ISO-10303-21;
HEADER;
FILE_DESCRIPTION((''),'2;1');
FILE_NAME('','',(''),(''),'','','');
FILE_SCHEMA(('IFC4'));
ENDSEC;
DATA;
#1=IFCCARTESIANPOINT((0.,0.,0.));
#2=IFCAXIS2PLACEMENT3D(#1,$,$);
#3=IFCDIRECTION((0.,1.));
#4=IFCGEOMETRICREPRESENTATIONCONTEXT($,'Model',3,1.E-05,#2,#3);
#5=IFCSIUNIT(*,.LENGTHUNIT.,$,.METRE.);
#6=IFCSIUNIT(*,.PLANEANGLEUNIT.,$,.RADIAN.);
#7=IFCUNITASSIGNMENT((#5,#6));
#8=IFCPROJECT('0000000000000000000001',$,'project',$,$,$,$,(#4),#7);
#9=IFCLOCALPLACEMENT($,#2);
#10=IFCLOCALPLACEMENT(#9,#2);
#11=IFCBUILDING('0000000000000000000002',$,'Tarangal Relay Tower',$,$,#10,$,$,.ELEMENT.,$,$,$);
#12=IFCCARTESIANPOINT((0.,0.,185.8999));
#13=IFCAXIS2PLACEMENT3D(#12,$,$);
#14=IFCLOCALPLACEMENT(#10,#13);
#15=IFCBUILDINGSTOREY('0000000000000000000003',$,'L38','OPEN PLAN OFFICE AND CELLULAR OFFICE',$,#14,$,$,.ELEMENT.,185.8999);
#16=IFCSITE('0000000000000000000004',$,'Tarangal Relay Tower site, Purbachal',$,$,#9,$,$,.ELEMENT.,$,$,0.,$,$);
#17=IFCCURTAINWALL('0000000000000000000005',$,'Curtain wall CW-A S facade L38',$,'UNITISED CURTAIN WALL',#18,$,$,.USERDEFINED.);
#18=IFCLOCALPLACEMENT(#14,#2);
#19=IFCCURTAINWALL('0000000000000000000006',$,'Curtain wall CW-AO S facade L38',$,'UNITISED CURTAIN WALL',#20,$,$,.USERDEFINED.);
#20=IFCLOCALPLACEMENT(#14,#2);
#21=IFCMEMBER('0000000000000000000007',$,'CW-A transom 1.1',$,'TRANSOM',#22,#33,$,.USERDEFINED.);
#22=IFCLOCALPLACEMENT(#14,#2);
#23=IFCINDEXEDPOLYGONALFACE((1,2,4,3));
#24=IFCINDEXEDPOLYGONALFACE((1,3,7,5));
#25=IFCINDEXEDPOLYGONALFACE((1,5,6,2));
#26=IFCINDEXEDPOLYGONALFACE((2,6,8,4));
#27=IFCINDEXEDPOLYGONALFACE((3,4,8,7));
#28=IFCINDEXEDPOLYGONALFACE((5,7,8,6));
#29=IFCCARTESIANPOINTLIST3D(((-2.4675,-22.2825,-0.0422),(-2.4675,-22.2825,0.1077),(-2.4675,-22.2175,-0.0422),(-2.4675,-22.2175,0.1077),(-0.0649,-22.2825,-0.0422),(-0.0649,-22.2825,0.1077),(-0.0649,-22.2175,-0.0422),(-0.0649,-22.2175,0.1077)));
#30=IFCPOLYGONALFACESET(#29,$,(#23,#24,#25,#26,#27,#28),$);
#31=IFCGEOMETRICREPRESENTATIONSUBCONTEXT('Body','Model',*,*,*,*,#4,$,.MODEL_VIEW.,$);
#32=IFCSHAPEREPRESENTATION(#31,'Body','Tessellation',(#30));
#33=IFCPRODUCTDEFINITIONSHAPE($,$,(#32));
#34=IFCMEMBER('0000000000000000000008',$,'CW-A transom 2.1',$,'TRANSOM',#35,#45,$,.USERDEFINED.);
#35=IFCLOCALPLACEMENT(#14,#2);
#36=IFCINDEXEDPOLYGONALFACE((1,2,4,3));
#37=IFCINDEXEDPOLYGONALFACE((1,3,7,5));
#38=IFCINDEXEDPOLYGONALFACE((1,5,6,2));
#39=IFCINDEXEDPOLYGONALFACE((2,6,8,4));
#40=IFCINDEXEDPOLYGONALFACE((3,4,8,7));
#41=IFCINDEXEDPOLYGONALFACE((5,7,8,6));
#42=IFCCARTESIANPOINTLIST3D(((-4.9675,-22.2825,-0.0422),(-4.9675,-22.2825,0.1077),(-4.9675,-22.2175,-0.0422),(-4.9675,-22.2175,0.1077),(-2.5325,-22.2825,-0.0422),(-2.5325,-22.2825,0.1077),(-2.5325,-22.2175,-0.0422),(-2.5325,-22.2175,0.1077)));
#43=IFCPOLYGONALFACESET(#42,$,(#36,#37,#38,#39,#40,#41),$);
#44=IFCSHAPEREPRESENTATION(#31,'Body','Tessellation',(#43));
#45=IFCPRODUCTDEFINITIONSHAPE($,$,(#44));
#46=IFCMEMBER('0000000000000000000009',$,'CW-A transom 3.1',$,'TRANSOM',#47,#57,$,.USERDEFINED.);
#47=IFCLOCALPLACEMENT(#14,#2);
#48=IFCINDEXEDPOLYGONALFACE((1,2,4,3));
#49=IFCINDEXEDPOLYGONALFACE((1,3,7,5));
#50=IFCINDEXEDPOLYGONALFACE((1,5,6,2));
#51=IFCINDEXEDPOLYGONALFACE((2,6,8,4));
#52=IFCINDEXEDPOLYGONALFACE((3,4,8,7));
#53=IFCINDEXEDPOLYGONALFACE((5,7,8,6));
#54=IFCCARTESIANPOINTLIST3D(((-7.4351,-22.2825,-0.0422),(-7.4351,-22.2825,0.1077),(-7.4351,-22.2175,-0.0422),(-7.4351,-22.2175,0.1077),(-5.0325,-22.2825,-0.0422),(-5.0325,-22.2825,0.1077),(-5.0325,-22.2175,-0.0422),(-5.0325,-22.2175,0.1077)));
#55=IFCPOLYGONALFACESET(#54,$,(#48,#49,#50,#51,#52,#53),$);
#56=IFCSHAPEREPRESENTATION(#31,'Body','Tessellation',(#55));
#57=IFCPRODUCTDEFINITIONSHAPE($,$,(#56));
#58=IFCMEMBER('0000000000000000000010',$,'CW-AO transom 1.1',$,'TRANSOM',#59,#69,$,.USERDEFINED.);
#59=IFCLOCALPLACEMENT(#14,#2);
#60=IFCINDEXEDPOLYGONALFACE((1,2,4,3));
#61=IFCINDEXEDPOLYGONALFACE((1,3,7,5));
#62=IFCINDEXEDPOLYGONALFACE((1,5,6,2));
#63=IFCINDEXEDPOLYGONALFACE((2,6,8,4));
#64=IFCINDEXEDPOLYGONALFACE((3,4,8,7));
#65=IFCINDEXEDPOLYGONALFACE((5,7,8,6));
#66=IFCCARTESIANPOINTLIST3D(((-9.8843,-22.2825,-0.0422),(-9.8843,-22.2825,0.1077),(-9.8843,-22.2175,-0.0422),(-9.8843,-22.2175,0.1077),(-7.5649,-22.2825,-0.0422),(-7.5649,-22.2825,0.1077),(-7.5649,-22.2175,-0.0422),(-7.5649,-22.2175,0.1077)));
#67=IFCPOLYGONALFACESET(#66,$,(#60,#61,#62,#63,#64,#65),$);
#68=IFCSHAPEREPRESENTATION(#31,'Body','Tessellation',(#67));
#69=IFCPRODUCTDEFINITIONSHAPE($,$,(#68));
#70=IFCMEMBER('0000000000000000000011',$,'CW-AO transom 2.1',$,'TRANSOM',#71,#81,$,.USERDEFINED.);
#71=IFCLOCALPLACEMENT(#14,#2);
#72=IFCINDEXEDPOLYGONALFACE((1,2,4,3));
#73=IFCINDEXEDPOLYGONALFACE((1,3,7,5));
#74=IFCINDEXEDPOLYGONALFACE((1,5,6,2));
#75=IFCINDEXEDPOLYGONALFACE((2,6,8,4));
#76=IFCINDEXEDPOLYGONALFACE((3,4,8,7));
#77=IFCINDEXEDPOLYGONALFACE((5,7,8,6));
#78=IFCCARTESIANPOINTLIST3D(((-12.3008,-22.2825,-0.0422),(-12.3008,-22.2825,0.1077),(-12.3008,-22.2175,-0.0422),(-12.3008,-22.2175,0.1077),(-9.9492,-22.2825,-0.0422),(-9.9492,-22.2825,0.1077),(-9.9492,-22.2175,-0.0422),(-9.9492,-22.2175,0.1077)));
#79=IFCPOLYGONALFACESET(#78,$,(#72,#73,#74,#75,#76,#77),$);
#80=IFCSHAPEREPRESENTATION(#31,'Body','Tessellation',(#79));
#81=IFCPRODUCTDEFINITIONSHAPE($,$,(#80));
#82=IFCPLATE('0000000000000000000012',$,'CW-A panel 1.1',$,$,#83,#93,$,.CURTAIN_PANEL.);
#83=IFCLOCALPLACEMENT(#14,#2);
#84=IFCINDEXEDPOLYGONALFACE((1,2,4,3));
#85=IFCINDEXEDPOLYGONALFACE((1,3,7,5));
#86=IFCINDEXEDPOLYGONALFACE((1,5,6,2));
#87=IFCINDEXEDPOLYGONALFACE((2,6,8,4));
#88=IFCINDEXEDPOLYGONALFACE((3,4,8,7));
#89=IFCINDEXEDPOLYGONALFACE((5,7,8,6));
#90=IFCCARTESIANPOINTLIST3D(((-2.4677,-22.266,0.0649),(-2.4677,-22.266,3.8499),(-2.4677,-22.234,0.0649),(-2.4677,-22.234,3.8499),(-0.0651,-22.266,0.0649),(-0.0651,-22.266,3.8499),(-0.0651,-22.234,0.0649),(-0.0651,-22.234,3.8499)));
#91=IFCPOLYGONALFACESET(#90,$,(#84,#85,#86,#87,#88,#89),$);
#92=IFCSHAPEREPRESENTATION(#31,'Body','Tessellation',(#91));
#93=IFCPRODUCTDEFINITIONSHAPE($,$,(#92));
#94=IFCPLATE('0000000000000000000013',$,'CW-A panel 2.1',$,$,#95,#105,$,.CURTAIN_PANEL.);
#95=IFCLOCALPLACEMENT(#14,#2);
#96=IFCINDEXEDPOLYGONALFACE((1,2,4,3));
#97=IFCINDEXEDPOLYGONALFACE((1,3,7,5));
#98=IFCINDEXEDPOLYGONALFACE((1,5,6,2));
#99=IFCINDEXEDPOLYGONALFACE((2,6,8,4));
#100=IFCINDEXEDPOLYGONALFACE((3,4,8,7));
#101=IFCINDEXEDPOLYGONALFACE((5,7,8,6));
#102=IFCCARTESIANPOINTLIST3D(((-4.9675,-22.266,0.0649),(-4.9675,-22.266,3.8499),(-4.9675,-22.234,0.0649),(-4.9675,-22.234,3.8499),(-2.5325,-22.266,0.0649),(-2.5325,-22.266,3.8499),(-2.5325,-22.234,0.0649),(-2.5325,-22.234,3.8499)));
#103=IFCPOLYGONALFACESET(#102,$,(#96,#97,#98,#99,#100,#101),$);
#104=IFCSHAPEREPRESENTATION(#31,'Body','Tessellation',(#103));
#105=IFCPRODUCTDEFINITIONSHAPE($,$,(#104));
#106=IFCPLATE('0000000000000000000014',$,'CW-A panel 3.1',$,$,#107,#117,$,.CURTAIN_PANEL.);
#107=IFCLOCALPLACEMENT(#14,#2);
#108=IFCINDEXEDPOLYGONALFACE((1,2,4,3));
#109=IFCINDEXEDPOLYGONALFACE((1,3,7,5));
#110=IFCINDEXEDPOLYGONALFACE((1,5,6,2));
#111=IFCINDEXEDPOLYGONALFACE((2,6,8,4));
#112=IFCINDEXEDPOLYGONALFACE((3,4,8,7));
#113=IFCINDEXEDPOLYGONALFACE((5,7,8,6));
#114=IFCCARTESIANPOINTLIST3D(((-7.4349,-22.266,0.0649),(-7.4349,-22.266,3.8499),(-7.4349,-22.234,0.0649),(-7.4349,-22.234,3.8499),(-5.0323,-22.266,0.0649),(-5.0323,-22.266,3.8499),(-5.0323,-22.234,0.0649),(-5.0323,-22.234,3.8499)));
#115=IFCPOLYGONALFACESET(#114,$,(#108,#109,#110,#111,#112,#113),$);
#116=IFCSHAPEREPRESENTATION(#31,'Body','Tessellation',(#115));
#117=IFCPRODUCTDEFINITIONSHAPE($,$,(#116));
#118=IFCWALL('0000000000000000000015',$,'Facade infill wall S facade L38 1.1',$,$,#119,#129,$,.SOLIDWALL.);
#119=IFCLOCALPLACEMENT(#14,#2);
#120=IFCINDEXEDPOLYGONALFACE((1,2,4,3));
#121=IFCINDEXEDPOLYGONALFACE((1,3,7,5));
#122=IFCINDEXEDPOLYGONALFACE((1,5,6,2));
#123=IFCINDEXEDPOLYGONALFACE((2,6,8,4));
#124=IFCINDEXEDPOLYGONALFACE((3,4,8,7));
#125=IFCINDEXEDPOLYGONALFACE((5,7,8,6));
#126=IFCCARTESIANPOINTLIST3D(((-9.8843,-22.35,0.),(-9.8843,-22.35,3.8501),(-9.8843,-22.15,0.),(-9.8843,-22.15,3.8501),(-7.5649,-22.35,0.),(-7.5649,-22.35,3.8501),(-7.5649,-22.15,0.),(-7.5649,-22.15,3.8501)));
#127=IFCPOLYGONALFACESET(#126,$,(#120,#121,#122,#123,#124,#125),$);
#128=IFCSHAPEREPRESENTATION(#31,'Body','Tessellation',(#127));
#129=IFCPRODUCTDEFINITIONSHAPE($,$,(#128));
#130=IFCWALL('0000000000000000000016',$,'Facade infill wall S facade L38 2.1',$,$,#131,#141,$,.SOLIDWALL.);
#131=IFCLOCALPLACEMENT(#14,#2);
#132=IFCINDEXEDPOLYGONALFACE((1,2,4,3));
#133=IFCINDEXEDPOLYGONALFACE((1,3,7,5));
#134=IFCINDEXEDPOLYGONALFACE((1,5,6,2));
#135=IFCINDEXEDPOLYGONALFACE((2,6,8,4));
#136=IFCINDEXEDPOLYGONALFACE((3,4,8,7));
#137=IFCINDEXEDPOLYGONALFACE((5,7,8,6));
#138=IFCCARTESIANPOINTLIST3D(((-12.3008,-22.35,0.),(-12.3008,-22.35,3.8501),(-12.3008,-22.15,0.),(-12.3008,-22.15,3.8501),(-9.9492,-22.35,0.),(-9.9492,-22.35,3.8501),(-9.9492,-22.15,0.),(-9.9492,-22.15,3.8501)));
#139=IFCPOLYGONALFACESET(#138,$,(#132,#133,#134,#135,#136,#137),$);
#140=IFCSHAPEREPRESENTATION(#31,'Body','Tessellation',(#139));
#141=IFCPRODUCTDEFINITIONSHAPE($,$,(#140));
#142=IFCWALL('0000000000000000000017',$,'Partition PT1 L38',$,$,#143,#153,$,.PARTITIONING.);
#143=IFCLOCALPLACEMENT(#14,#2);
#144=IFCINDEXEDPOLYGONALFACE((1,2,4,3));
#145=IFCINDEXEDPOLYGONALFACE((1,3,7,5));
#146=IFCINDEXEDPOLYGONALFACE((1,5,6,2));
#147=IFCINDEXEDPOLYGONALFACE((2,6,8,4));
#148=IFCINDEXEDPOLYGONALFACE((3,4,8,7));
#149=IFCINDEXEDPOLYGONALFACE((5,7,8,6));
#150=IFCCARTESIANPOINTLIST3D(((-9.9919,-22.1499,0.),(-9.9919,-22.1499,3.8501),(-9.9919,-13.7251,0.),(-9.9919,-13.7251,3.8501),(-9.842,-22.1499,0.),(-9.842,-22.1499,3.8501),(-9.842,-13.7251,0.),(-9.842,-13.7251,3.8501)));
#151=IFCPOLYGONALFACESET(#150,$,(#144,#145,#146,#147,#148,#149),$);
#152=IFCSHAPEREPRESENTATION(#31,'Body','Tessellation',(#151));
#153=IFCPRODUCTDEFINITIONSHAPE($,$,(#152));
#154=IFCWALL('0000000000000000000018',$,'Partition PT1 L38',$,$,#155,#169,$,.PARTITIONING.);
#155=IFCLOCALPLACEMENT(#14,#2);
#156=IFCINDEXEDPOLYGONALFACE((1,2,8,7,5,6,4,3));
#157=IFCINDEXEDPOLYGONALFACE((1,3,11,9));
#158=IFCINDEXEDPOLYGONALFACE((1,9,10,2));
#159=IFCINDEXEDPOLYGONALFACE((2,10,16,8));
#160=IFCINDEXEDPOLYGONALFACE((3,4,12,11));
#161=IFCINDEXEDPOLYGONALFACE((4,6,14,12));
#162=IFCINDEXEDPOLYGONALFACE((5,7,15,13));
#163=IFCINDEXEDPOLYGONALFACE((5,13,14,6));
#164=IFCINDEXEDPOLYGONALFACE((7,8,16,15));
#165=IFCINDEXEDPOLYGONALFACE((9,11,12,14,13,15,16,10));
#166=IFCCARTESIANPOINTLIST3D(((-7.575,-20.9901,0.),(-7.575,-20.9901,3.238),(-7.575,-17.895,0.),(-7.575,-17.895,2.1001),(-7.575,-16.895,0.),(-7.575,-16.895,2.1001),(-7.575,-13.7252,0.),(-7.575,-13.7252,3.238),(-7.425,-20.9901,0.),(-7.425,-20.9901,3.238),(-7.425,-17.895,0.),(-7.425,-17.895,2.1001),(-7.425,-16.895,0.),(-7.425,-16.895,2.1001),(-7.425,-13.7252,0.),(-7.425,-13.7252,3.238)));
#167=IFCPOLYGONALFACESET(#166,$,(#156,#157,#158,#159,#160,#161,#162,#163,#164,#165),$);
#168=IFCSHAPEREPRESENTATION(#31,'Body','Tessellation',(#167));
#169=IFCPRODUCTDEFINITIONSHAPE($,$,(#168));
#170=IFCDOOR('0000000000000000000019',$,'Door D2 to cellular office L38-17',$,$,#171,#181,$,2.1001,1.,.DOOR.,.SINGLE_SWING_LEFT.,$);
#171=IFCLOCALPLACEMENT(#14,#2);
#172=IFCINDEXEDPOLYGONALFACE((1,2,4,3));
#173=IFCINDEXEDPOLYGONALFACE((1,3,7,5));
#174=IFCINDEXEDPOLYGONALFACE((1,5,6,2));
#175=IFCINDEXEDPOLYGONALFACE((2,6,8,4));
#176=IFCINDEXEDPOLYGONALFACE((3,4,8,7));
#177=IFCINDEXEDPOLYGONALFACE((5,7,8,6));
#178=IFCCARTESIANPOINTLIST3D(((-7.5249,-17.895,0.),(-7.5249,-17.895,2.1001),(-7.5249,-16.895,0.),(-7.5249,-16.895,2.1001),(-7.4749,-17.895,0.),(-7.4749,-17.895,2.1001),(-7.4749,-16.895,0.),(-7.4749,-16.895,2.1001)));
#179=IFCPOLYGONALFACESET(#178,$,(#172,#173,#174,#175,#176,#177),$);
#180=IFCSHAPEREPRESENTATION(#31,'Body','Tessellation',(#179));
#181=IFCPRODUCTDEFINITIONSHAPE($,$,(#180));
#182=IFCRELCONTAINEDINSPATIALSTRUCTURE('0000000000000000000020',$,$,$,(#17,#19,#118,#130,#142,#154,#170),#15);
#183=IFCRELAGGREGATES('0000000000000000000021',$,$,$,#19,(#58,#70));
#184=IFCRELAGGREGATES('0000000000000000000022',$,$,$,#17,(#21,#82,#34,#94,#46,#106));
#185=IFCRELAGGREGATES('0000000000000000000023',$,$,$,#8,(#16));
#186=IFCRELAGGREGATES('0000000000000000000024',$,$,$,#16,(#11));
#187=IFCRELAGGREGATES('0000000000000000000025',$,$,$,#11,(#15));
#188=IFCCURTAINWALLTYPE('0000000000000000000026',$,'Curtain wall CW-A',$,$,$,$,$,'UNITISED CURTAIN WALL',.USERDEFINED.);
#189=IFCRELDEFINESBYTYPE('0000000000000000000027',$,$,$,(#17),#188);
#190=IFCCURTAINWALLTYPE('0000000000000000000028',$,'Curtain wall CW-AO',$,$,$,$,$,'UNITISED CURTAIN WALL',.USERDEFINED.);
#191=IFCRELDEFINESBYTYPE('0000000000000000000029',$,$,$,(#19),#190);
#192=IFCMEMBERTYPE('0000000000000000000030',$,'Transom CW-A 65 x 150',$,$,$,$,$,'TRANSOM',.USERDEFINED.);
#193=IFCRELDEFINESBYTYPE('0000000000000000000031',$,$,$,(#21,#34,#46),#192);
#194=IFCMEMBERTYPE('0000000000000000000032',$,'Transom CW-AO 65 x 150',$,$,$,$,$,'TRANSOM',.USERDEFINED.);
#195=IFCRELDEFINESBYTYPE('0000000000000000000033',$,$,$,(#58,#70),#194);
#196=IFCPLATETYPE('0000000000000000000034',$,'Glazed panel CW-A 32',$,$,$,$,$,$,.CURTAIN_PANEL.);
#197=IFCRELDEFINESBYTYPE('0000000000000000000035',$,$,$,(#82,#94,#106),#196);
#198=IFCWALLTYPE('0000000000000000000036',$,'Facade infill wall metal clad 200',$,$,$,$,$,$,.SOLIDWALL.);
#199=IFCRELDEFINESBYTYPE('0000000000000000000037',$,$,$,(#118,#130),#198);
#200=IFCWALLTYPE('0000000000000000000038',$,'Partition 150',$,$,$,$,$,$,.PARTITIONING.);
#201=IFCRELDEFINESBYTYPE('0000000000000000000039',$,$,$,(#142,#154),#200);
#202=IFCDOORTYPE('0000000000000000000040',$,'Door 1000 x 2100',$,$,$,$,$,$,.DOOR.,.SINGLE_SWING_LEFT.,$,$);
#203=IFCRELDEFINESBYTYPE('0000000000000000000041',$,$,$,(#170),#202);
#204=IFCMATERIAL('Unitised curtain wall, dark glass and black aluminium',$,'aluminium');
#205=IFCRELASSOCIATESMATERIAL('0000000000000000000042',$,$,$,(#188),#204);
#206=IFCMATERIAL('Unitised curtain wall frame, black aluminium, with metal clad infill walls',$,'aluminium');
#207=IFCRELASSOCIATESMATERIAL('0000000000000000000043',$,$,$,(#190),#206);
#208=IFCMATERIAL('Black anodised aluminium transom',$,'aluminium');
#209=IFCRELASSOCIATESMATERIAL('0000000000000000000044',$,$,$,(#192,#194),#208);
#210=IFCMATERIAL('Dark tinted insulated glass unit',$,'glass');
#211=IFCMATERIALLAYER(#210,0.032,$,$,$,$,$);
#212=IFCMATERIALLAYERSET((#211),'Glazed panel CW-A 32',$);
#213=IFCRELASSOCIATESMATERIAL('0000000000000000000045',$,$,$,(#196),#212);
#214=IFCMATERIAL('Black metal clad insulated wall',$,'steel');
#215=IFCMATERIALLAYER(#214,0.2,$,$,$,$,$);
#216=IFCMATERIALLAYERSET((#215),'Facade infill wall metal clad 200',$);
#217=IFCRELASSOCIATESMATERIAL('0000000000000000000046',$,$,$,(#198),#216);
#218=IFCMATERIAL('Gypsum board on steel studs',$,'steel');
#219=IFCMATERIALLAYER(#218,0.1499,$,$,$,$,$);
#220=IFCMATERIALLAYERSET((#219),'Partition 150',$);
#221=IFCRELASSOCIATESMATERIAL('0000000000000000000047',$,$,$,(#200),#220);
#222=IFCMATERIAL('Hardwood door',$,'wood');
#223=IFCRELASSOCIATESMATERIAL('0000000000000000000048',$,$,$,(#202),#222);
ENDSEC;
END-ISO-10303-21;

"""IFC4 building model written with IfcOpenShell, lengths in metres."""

from ifc_helpers import new_model, si_unit, direction, frame, frame_2d, origin, origin_2d, place, context, subcontext, project, spatial, rectangle, extrude, material, layer, layer_set, material_profile, profile_set, type_object, element, fill, aggregate, save


model = new_model("IFC4")

# Units and contexts
model_context = context("Model", 3, precision=1e-05, world=origin(), true_north=direction((0.0, 1.0)))
body_context = subcontext(model_context, "Body", "Model", "MODEL_VIEW")
ifc_project = project(units=[si_unit("LENGTHUNIT", "METRE"), si_unit("PLANEANGLEUNIT", "RADIAN")], contexts=[model_context])

# Site, building, storey
site_placement = place(None, origin())
site = spatial("IfcSite", under=ifc_project, at=site_placement, Name="Tarangal Relay Tower site, Purbachal", CompositionType="ELEMENT", RefElevation=0.0)
building_placement = place(site_placement, origin())
building = spatial("IfcBuilding", under=site, at=building_placement, Name="Tarangal Relay Tower", CompositionType="ELEMENT")
storey_placement = place(building_placement, frame((0.0, 0.0, 185.8999)))
storey = spatial("IfcBuildingStorey", under=building, at=storey_placement, Name="L38", Description="OPEN PLAN OFFICE AND CELLULAR OFFICE", CompositionType="ELEMENT", Elevation=185.8999)

# Curtain walls
ifc_material_1 = material(Name="Unitised curtain wall, dark glass and black aluminium", Category="aluminium")
curtain_wall_type_1 = type_object("IfcCurtainWallType", Name="Curtain wall CW-A", ElementType="UNITISED CURTAIN WALL", PredefinedType="USERDEFINED", material=ifc_material_1)
curtain_wall_1_placement = place(storey_placement, origin())
curtain_wall_1 = element("IfcCurtainWall", 1, at=curtain_wall_1_placement, inside=storey, type_object=curtain_wall_type_1, Name="Curtain wall CW-A S facade L38", ObjectType="UNITISED CURTAIN WALL", PredefinedType="USERDEFINED")
ifc_material_2 = material(Name="Unitised curtain wall frame, black aluminium, with metal clad infill walls", Category="aluminium")
curtain_wall_type_2 = type_object("IfcCurtainWallType", Name="Curtain wall CW-AO", ElementType="UNITISED CURTAIN WALL", PredefinedType="USERDEFINED", material=ifc_material_2)
curtain_wall_2_placement = place(storey_placement, origin())
curtain_wall_2 = element("IfcCurtainWall", 2, at=curtain_wall_2_placement, inside=storey, type_object=curtain_wall_type_2, Name="Curtain wall CW-AO S facade L38", ObjectType="UNITISED CURTAIN WALL", PredefinedType="USERDEFINED")

# Members
ifc_material_3 = material(Name="Black anodised aluminium transom", Category="aluminium")
ifc_material_profile_1 = material_profile(ifc_material_3, rectangle(XDim=0.0649, YDim=0.1499, at=origin_2d()), Name="CW-AT 65X150")
ifc_profile_set_1 = profile_set([ifc_material_profile_1], Name="Black anodised aluminium transom")
member_type_1 = type_object("IfcMemberType", Name="Transom CW-A 65 x 150", ElementType="TRANSOM", PredefinedType="USERDEFINED", material=ifc_profile_set_1)
member_1_placement = place(storey_placement, frame((-0.0649, -22.25, 0.0327), z_axis=(-1.0, 0.0, 0.0), x_axis=(0.0, -1.0, 0.0)))
member_1 = element("IfcMember", 3, at=member_1_placement, type_object=member_type_1, Name="CW-A transom 1.1", ObjectType="TRANSOM", PredefinedType="USERDEFINED", context=body_context, shape_type="SweptSolid", body=[
    extrude(rectangle(XDim=0.0649, YDim=0.1499, at=origin_2d()), origin(), (0.0, 0.0, 1.0), 2.4026),
])
member_2_placement = place(storey_placement, frame((-2.5325, -22.25, 0.0327), z_axis=(-1.0, 0.0, 0.0), x_axis=(0.0, -1.0, 0.0)))
member_2 = element("IfcMember", 4, at=member_2_placement, type_object=member_type_1, Name="CW-A transom 2.1", ObjectType="TRANSOM", PredefinedType="USERDEFINED", context=body_context, shape_type="SweptSolid", body=[
    extrude(rectangle(XDim=0.0649, YDim=0.1499, at=origin_2d()), origin(), (0.0, 0.0, 1.0), 2.4351),
])
member_3_placement = place(storey_placement, frame((-5.0325, -22.25, 0.0327), z_axis=(-1.0, 0.0, 0.0), x_axis=(0.0, -1.0, 0.0)))
member_3 = element("IfcMember", 5, at=member_3_placement, type_object=member_type_1, Name="CW-A transom 3.1", ObjectType="TRANSOM", PredefinedType="USERDEFINED", context=body_context, shape_type="SweptSolid", body=[
    extrude(rectangle(XDim=0.0649, YDim=0.1499, at=origin_2d()), origin(), (0.0, 0.0, 1.0), 2.4026),
])
ifc_material_profile_2 = material_profile(ifc_material_3, rectangle(XDim=0.0649, YDim=0.1499, at=origin_2d()), Name="CW-AOT 65X150")
ifc_profile_set_2 = profile_set([ifc_material_profile_2], Name="Black anodised aluminium transom")
member_type_2 = type_object("IfcMemberType", Name="Transom CW-AO 65 x 150", ElementType="TRANSOM", PredefinedType="USERDEFINED", material=ifc_profile_set_2)
member_4_placement = place(storey_placement, frame((-7.5649, -22.25, 0.0327), z_axis=(-1.0, 0.0, 0.0), x_axis=(0.0, -1.0, 0.0)))
member_4 = element("IfcMember", 6, at=member_4_placement, type_object=member_type_2, Name="CW-AO transom 1.1", ObjectType="TRANSOM", PredefinedType="USERDEFINED", context=body_context, shape_type="SweptSolid", body=[
    extrude(rectangle(XDim=0.0649, YDim=0.1499, at=origin_2d()), origin(), (0.0, 0.0, 1.0), 2.3193),
])
member_5_placement = place(storey_placement, frame((-9.9492, -22.25, 0.0327), z_axis=(-1.0, 0.0, 0.0), x_axis=(0.0, -1.0, 0.0)))
member_5 = element("IfcMember", 7, at=member_5_placement, type_object=member_type_2, Name="CW-AO transom 2.1", ObjectType="TRANSOM", PredefinedType="USERDEFINED", context=body_context, shape_type="SweptSolid", body=[
    extrude(rectangle(XDim=0.0649, YDim=0.1499, at=origin_2d()), origin(), (0.0, 0.0, 1.0), 2.3516),
])
aggregate(curtain_wall_2, [member_4, member_5])

# Plates
ifc_material_4 = material(Name="Dark tinted insulated glass unit", Category="glass")
ifc_layer_1 = layer(ifc_material_4, 0.032)
ifc_layer_set_1 = layer_set([ifc_layer_1], Name="Glazed panel CW-A 32")
plate_type = type_object("IfcPlateType", Name="Glazed panel CW-A 32", PredefinedType="CURTAIN_PANEL", material=ifc_layer_set_1)
plate_1_placement = place(storey_placement, frame((-1.2664, -22.25, 0.0649), z_axis=(0.0, 0.0, 1.0), x_axis=(-1.0, 0.0, 0.0)))
plate_1 = element("IfcPlate", 8, at=plate_1_placement, type_object=plate_type, Name="CW-A panel 1.1", PredefinedType="CURTAIN_PANEL", context=body_context, shape_type="SweptSolid", body=[
    extrude(rectangle(XDim=2.4026, YDim=0.032, at=origin_2d()), origin(), (0.0, 0.0, 1.0), 3.7849),
])
plate_2_placement = place(storey_placement, frame((-3.75, -22.25, 0.0649), z_axis=(0.0, 0.0, 1.0), x_axis=(-1.0, 0.0, 0.0)))
plate_2 = element("IfcPlate", 9, at=plate_2_placement, type_object=plate_type, Name="CW-A panel 2.1", PredefinedType="CURTAIN_PANEL", context=body_context, shape_type="SweptSolid", body=[
    extrude(rectangle(XDim=2.4351, YDim=0.032, at=origin_2d()), origin(), (0.0, 0.0, 1.0), 3.7849),
])
plate_3_placement = place(storey_placement, frame((-6.2336, -22.25, 0.0649), z_axis=(0.0, 0.0, 1.0), x_axis=(-1.0, 0.0, 0.0)))
plate_3 = element("IfcPlate", 10, at=plate_3_placement, type_object=plate_type, Name="CW-A panel 3.1", PredefinedType="CURTAIN_PANEL", context=body_context, shape_type="SweptSolid", body=[
    extrude(rectangle(XDim=2.4026, YDim=0.032, at=origin_2d()), origin(), (0.0, 0.0, 1.0), 3.7849),
])
aggregate(curtain_wall_1, [member_1, plate_1, member_2, plate_2, member_3, plate_3])

# Walls
ifc_material_5 = material(Name="Black metal clad insulated wall", Category="steel")
ifc_layer_2 = layer(ifc_material_5, 0.2)
ifc_layer_set_2 = layer_set([ifc_layer_2], Name="Facade infill wall metal clad 200")
wall_type_1 = type_object("IfcWallType", Name="Facade infill wall metal clad 200", PredefinedType="SOLIDWALL", material=ifc_layer_set_2)
wall_1_placement = place(storey_placement, frame((-7.5649, -22.25, 0.0), z_axis=(0.0, 0.0, 1.0), x_axis=(-1.0, 0.0, 0.0)))
element("IfcWall", 11, at=wall_1_placement, inside=storey, type_object=wall_type_1, Name="Facade infill wall S facade L38 1.1", PredefinedType="SOLIDWALL", context=body_context, shape_type="SweptSolid", body=[
    extrude(rectangle(XDim=2.3193, YDim=0.2, at=frame_2d((1.1597, 0.0))), origin(), (0.0, 0.0, 1.0), 3.8501),
])
wall_2_placement = place(storey_placement, frame((-9.9492, -22.25, 0.0), z_axis=(0.0, 0.0, 1.0), x_axis=(-1.0, 0.0, 0.0)))
element("IfcWall", 12, at=wall_2_placement, inside=storey, type_object=wall_type_1, Name="Facade infill wall S facade L38 2.1", PredefinedType="SOLIDWALL", context=body_context, shape_type="SweptSolid", body=[
    extrude(rectangle(XDim=2.3516, YDim=0.2, at=frame_2d((1.1758, 0.0))), origin(), (0.0, 0.0, 1.0), 3.8501),
])
ifc_material_6 = material(Name="Gypsum board on steel studs", Category="steel")
ifc_layer_3 = layer(ifc_material_6, 0.1499)
ifc_layer_set_3 = layer_set([ifc_layer_3], Name="Partition 150")
wall_type_2 = type_object("IfcWallType", Name="Partition 150", PredefinedType="PARTITIONING", material=ifc_layer_set_3)
wall_3_placement = place(storey_placement, frame((-9.917, -22.1499, 0.0), z_axis=(0.0, 0.0, 1.0), x_axis=(0.0, 1.0, 0.0)))
element("IfcWall", 13, at=wall_3_placement, inside=storey, type_object=wall_type_2, Name="Partition PT1 L38", PredefinedType="PARTITIONING", context=body_context, shape_type="SweptSolid", body=[
    extrude(rectangle(XDim=8.4248, YDim=0.1499, at=frame_2d((4.2124, 0.0))), origin(), (0.0, 0.0, 1.0), 3.8501),
])

# Wall, opening, door
wall_4_placement = place(storey_placement, frame((-7.5, -20.99, 0.0), z_axis=(0.0, 0.0, 1.0), x_axis=(0.0, 1.0, 0.0)))
wall_4 = element("IfcWall", 14, at=wall_4_placement, inside=storey, type_object=wall_type_2, Name="Partition PT1 L38", PredefinedType="PARTITIONING", context=body_context, shape_type="SweptSolid", body=[
    extrude(rectangle(XDim=7.2649, YDim=0.1499, at=frame_2d((3.6323, 0.0))), origin(), (0.0, 0.0, 1.0), 3.238),
])
opening_placement = place(wall_4_placement, frame((3.095, 0.0, 0.0)))
opening = element("IfcOpeningElement", 15, at=opening_placement, cuts=wall_4, PredefinedType="OPENING", context=body_context, shape_type="SweptSolid", body=[
    extrude(rectangle(XDim=1.0, YDim=2.1001, at=frame_2d((0.5, 1.05))), frame((0.0, 0.085, 0.0), z_axis=(0.0, -1.0, 0.0), x_axis=(1.0, 0.0, 0.0)), (0.0, 0.0, 1.0), 0.1699),
])
ifc_material_7 = material(Name="Hardwood door", Category="wood")
door_type = type_object("IfcDoorType", Name="Door 1000 x 2100", OperationType="SINGLE_SWING_LEFT", PredefinedType="DOOR", material=ifc_material_7)
door_placement = place(opening_placement, origin())
door = element("IfcDoor", 16, at=door_placement, inside=storey, type_object=door_type, Name="Door D2 to cellular office L38-17", OperationType="SINGLE_SWING_LEFT", OverallHeight=2.1001, OverallWidth=1.0, PredefinedType="DOOR", context=body_context, shape_type="SweptSolid", body=[
    extrude(rectangle(XDim=1.0, YDim=2.1001, at=frame_2d((0.5, 1.05))), frame((0.0, 0.0249, 0.0), z_axis=(0.0, -1.0, 0.0), x_axis=(1.0, 0.0, 0.0)), (0.0, 0.0, 1.0), 0.05),
])
fill(opening, door)

save(model, "model.ifc")
